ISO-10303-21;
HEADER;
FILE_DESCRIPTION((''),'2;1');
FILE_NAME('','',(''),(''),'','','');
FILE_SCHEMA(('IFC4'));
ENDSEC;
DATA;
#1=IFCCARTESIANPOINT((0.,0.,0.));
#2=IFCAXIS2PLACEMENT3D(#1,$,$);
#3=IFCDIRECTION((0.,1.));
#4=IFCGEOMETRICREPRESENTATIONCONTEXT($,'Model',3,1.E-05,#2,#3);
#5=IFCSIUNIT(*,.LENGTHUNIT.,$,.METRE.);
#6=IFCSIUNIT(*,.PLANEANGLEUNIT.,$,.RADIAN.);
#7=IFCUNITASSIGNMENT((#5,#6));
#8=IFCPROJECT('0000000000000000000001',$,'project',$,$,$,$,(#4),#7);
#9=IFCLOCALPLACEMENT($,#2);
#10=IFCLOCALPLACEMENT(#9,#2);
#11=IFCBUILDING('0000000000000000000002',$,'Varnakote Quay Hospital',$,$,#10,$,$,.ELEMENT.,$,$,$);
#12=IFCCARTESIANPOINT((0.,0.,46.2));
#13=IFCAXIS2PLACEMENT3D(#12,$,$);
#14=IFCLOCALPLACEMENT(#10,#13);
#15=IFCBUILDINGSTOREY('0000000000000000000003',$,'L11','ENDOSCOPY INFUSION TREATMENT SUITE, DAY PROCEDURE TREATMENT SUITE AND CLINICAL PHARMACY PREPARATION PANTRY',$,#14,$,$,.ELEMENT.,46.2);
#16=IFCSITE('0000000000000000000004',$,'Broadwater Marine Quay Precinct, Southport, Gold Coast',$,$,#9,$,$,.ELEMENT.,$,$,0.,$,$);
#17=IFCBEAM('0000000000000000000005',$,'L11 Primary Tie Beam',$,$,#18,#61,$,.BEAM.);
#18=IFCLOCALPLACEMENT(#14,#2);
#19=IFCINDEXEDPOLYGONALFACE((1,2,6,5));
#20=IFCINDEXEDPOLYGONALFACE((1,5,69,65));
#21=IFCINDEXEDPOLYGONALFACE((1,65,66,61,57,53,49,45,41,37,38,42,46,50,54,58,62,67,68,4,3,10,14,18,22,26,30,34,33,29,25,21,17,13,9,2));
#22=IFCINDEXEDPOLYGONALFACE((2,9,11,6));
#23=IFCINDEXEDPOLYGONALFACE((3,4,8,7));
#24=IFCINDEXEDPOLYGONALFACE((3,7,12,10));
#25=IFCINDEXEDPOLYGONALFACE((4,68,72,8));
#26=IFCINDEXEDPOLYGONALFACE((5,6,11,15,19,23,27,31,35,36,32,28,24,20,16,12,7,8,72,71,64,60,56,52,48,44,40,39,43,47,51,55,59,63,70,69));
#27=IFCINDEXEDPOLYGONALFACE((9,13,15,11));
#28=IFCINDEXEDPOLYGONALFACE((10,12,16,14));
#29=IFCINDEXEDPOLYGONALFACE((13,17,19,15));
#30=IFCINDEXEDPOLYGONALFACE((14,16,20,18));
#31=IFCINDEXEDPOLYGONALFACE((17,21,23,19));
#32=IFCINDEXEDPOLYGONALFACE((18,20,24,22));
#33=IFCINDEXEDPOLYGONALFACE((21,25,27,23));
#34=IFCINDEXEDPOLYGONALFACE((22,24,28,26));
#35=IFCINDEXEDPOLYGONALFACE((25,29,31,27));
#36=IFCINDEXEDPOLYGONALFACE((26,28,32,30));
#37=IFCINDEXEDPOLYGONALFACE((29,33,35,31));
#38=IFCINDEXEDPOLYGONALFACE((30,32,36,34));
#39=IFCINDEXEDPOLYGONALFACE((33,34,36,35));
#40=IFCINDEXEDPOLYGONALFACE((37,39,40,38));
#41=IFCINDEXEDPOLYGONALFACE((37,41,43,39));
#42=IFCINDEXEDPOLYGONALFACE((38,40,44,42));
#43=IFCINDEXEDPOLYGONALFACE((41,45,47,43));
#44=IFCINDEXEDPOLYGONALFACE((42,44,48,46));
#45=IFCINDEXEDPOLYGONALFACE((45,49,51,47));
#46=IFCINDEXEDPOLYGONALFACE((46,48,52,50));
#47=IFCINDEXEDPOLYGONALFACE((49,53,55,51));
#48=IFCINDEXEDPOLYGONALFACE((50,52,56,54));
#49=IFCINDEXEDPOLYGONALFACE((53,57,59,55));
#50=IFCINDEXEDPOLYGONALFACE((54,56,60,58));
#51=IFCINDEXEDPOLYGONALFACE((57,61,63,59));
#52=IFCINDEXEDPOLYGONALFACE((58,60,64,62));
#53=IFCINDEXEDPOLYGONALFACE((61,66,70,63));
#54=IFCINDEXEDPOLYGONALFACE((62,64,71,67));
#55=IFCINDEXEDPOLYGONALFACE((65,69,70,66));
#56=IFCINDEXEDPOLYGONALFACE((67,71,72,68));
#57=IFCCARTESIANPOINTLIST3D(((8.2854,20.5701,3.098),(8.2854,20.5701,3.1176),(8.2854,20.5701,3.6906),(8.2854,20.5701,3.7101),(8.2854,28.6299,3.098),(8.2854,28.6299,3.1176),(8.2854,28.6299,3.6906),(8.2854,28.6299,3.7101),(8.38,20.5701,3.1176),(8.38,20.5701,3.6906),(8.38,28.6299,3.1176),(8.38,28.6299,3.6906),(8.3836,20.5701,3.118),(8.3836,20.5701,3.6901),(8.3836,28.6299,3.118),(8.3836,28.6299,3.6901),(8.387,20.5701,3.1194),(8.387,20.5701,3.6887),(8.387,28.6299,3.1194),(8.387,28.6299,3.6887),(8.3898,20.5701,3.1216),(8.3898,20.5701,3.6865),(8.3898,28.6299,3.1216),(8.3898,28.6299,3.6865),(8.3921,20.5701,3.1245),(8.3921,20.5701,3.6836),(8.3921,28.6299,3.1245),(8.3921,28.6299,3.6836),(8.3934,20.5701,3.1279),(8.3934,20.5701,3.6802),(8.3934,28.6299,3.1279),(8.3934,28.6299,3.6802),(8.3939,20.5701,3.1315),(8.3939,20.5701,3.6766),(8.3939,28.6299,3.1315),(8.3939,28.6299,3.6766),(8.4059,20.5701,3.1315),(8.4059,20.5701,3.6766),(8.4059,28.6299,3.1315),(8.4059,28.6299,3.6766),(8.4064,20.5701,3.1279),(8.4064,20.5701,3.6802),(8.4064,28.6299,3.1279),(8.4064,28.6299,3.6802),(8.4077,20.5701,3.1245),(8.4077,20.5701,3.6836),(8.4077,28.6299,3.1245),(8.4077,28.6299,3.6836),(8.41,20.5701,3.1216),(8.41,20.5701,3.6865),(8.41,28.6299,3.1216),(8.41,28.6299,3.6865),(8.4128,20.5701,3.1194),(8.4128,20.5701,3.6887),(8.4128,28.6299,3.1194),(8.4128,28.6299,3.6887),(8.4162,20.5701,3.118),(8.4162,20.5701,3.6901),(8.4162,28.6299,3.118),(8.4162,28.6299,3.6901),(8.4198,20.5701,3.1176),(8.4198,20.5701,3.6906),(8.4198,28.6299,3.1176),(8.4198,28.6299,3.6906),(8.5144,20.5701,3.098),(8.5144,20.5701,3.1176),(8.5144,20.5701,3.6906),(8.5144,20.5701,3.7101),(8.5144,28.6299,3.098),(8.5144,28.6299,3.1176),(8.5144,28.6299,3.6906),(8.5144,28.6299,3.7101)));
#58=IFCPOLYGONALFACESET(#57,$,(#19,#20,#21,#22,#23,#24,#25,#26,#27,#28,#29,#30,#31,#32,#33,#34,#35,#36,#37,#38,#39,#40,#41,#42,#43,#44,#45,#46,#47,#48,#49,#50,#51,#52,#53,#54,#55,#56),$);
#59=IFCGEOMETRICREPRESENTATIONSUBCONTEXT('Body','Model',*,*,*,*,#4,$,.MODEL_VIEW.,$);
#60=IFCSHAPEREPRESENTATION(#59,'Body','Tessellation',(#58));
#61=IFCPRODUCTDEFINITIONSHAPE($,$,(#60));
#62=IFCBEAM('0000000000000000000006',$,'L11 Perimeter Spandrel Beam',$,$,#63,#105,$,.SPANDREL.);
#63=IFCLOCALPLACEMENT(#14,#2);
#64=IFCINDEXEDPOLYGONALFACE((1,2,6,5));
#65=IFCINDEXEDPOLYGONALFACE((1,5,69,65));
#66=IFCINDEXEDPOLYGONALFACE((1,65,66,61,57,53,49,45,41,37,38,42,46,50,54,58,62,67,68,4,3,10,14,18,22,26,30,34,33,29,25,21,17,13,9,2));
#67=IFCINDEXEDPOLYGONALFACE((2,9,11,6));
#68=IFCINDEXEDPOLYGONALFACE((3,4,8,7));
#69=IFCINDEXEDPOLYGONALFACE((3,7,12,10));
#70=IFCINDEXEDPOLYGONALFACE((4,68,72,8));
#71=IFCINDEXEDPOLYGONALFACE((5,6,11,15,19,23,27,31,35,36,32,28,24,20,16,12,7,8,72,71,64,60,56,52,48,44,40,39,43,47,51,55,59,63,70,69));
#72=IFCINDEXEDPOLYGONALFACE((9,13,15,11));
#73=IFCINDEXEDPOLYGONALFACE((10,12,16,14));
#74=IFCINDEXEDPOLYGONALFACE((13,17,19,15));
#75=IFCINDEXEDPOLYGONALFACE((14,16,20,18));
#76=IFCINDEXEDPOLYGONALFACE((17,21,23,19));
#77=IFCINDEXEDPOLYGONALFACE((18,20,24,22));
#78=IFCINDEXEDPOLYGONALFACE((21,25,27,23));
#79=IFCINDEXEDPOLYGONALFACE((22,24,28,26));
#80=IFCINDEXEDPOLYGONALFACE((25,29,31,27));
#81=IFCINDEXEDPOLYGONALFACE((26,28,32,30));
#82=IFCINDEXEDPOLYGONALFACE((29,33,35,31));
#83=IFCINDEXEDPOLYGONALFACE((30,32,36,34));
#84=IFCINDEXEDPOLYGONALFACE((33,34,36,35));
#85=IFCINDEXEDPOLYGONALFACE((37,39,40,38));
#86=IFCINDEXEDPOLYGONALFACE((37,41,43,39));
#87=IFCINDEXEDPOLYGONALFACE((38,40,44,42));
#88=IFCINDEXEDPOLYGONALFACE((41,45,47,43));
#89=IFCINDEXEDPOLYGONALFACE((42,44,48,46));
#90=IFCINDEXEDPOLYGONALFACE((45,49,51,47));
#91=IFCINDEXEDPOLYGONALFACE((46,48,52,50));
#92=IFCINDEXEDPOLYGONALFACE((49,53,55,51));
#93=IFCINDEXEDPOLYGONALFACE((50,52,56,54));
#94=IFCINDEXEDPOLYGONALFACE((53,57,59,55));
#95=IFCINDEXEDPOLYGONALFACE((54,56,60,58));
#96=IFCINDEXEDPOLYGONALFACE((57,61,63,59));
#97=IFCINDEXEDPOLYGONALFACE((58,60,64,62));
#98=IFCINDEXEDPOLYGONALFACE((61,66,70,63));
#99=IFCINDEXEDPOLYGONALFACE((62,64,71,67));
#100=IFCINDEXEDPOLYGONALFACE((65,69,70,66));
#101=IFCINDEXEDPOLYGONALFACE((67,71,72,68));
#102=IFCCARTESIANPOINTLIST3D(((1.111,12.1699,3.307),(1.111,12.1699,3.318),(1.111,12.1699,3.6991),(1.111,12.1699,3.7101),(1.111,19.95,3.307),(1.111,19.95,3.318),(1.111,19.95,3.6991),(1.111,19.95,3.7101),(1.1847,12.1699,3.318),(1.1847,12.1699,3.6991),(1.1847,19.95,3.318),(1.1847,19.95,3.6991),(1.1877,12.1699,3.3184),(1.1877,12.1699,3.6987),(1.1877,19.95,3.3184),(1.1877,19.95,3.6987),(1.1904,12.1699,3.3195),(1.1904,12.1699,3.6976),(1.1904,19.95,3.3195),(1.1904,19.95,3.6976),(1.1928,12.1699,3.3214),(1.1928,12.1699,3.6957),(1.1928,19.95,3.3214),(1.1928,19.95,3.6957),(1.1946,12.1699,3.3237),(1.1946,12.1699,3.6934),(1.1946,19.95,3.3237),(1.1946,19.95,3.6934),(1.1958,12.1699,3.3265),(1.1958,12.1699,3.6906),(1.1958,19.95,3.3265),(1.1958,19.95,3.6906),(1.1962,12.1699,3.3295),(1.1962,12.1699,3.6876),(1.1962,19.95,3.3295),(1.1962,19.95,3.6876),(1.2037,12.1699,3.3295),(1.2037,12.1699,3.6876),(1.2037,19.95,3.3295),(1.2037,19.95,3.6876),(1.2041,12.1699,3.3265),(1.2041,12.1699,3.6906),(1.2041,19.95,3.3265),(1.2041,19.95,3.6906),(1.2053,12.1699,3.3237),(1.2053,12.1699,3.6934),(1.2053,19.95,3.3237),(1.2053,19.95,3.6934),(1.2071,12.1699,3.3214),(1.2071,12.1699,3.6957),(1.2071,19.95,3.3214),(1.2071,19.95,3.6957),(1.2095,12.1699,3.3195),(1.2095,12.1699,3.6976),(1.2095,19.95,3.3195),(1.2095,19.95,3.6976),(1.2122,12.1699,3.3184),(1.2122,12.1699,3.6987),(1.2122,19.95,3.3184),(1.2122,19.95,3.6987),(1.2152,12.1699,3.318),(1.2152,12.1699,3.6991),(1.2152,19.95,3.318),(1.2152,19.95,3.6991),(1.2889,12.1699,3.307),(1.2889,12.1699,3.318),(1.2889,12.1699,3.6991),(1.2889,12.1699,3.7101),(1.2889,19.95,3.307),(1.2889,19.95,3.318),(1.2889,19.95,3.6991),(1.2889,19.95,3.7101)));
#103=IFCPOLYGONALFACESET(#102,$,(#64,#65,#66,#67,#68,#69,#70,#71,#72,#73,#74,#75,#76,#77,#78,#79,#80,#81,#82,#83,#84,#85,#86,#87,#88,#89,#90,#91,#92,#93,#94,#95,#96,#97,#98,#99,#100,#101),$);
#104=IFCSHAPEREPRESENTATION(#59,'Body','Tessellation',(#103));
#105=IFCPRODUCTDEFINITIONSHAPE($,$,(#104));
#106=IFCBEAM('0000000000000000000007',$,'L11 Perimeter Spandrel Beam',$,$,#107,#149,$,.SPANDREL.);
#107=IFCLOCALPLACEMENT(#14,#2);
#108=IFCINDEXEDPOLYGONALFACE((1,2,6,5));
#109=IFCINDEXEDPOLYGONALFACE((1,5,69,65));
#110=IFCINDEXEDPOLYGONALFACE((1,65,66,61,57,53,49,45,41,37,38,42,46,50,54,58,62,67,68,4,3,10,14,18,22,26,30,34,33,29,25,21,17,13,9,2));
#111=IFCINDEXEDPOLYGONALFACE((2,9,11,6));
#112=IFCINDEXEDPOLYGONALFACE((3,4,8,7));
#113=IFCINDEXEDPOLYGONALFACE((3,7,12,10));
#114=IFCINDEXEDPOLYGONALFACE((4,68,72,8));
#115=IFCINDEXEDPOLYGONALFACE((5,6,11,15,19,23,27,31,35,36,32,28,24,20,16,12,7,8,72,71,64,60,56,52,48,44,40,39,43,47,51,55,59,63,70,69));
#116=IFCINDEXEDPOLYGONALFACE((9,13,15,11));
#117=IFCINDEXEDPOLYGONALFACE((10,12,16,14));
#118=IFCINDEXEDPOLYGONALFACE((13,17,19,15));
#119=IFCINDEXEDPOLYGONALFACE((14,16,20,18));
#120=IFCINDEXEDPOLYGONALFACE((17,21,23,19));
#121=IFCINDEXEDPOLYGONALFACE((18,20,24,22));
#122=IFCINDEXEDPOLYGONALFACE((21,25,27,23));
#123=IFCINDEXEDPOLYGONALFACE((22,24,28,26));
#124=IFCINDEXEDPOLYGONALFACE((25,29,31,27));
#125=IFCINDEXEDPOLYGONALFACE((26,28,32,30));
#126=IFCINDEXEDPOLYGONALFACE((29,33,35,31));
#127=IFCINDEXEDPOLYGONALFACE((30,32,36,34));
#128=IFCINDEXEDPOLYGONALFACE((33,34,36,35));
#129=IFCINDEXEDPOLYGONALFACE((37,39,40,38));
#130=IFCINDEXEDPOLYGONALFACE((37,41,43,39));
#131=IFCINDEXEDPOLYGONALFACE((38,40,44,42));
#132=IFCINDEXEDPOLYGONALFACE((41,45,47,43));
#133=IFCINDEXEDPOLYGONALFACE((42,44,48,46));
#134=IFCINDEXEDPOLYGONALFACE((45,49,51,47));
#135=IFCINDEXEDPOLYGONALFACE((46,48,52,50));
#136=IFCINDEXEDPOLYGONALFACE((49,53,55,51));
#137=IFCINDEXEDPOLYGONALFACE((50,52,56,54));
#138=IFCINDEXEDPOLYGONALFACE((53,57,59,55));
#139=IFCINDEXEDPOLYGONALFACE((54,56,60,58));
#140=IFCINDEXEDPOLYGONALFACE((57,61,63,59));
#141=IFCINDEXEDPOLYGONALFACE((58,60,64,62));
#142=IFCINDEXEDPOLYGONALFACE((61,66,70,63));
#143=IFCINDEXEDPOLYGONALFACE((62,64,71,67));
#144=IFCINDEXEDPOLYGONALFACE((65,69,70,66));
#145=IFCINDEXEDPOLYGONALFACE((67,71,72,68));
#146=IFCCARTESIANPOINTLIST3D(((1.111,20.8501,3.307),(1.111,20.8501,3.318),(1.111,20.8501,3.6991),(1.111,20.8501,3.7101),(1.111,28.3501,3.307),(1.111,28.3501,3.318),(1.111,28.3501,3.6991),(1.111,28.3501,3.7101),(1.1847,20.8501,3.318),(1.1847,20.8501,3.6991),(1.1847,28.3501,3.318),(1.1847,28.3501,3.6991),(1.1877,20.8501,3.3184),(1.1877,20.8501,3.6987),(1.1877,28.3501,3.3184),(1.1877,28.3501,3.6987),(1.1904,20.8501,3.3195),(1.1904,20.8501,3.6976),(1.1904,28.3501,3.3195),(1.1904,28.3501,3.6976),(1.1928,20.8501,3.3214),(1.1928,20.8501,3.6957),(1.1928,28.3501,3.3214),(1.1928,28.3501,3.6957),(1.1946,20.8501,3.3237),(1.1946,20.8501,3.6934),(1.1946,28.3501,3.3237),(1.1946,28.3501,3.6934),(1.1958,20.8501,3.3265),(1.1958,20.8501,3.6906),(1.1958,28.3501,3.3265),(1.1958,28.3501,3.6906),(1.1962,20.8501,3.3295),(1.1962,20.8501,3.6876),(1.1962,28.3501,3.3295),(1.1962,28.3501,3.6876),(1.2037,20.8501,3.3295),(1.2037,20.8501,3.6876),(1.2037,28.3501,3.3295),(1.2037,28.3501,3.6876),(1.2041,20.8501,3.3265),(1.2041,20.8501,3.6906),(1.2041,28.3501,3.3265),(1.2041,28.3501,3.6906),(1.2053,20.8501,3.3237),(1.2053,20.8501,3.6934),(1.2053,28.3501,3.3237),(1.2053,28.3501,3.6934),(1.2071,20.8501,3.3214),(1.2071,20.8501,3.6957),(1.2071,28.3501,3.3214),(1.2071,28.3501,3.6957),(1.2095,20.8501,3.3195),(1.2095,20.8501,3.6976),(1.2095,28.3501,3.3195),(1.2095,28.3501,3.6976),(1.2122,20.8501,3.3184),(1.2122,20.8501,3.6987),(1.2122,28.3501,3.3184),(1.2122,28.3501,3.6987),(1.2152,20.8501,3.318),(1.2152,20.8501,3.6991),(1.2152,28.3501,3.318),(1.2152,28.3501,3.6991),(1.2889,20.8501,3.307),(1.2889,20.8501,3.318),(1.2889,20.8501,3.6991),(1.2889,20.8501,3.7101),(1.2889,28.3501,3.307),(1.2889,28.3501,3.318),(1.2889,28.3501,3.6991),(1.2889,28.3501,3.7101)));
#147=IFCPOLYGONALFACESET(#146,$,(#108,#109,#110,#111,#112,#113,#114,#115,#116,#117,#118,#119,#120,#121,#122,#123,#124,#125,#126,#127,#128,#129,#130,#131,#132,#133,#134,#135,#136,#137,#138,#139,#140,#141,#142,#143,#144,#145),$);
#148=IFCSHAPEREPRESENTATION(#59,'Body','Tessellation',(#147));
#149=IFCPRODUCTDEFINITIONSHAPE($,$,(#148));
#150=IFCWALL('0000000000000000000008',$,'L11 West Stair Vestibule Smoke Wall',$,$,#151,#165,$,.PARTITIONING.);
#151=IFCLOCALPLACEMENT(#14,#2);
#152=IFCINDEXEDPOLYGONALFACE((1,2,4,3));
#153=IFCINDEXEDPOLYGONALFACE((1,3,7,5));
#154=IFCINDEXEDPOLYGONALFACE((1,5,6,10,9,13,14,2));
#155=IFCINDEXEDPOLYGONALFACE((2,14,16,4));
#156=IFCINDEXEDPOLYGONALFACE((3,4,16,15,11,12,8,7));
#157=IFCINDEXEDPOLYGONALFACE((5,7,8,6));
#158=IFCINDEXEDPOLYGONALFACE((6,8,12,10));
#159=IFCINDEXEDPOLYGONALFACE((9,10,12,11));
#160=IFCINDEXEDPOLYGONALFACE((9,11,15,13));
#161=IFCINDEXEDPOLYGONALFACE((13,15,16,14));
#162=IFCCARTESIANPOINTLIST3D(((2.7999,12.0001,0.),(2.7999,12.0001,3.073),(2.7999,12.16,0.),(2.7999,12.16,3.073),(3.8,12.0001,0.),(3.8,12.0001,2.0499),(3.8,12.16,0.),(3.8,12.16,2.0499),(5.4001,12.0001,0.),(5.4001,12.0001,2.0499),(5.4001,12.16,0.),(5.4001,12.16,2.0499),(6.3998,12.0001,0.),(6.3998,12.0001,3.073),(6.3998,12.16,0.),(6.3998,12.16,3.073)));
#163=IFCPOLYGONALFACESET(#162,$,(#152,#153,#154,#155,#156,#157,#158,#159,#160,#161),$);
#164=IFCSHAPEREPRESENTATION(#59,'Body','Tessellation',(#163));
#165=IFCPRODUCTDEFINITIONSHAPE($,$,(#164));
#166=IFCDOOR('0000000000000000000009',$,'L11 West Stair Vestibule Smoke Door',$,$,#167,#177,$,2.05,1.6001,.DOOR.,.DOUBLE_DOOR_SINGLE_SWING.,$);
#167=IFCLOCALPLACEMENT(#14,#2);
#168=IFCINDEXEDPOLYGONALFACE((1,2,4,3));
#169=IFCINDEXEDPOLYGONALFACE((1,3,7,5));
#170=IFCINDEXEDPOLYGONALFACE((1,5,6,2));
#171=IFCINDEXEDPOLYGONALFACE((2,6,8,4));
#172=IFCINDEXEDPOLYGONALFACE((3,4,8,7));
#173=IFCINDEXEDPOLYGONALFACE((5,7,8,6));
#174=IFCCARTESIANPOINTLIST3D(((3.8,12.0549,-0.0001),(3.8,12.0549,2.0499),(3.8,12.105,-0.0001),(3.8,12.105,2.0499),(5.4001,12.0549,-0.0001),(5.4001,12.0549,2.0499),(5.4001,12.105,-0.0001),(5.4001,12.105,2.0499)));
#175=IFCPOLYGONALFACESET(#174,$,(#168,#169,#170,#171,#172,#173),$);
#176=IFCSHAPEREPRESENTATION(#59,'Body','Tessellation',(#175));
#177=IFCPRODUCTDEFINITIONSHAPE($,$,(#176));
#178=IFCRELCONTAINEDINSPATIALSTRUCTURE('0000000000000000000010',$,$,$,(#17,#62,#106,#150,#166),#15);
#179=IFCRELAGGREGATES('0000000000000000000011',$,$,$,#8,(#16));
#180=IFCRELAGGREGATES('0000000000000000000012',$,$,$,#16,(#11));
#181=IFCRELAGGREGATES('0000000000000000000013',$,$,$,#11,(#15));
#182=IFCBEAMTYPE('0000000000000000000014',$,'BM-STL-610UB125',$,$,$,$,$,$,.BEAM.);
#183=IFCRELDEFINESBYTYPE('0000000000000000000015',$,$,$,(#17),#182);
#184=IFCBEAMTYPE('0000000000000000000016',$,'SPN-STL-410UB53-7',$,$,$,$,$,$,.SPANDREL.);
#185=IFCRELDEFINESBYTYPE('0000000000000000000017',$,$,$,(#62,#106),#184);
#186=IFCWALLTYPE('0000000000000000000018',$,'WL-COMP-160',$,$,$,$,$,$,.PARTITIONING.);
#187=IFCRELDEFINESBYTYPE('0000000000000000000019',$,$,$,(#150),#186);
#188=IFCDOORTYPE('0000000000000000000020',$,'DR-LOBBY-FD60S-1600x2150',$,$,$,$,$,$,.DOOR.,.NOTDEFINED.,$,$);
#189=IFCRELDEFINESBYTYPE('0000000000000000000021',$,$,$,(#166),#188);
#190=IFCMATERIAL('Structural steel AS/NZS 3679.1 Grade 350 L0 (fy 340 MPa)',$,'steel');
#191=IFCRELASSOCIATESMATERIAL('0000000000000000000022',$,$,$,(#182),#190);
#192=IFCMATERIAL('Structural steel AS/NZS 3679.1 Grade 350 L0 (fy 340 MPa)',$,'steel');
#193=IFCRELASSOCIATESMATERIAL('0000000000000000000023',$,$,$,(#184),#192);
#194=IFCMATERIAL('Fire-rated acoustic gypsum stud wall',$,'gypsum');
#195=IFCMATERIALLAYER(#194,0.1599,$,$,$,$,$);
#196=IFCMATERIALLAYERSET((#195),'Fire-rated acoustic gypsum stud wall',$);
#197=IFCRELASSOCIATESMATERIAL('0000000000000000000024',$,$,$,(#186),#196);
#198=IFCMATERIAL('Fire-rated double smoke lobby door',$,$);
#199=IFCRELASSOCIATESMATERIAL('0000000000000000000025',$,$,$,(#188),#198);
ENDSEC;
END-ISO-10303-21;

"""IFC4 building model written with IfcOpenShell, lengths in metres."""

from ifc_helpers import new_model, si_unit, direction, frame, frame_2d, origin, origin_2d, place, context, subcontext, project, spatial, rectangle, i_section, extrude, material, layer, layer_set, material_profile, profile_set, type_object, element, fill, save


model = new_model("IFC4")

# Units and contexts
model_context = context("Model", 3, precision=1e-05, world=origin(), true_north=direction((0.0, 1.0)))
body_context = subcontext(model_context, "Body", "Model", "MODEL_VIEW")
ifc_project = project(units=[si_unit("LENGTHUNIT", "METRE"), si_unit("PLANEANGLEUNIT", "RADIAN")], contexts=[model_context])

# Site, building, storey
site_placement = place(None, origin())
site = spatial("IfcSite", under=ifc_project, at=site_placement, Name="Broadwater Marine Quay Precinct, Southport, Gold Coast", CompositionType="ELEMENT", RefElevation=0.0)
building_placement = place(site_placement, origin())
building = spatial("IfcBuilding", under=site, at=building_placement, Name="Varnakote Quay Hospital", CompositionType="ELEMENT")
storey_placement = place(building_placement, frame((0.0, 0.0, 46.2)))
storey = spatial("IfcBuildingStorey", under=building, at=storey_placement, Name="L11", Description="ENDOSCOPY INFUSION TREATMENT SUITE, DAY PROCEDURE TREATMENT SUITE AND CLINICAL PHARMACY PREPARATION PANTRY", CompositionType="ELEMENT", Elevation=46.2)

# Beams
ifc_material_1 = material(Name="Structural steel AS/NZS 3679.1 Grade 350 L0 (fy 340 MPa)", Category="steel")
ifc_material_profile_1 = material_profile(ifc_material_1, i_section(OverallWidth=0.229, OverallDepth=0.6121, WebThickness=0.012, FlangeThickness=0.0195, FilletRadius=0.0139, at=origin_2d()), Name="610UB125")
ifc_profile_set_1 = profile_set([ifc_material_profile_1], Name="Structural steel AS/NZS 3679.1 Grade 350 L0 (fy 340 MPa)")
beam_type_1 = type_object("IfcBeamType", Name="BM-STL-610UB125", PredefinedType="BEAM", material=ifc_profile_set_1)
beam_1_placement = place(storey_placement, frame((8.3999, 20.5701, 3.4041), z_axis=(0.0, 1.0, 0.0), x_axis=(-1.0, 0.0, 0.0)))
element("IfcBeam", 1, at=beam_1_placement, inside=storey, type_object=beam_type_1, Name="L11 Primary Tie Beam", PredefinedType="BEAM", context=body_context, shape_type="SweptSolid", body=[
    extrude(i_section(OverallWidth=0.229, OverallDepth=0.6121, WebThickness=0.012, FlangeThickness=0.0195, FilletRadius=0.0139, at=origin_2d()), origin(), (0.0, 0.0, 1.0), 8.0598),
])
ifc_material_2 = material(Name="Structural steel AS/NZS 3679.1 Grade 350 L0 (fy 340 MPa)", Category="steel")
ifc_material_profile_2 = material_profile(ifc_material_2, i_section(OverallWidth=0.178, OverallDepth=0.4031, WebThickness=0.0076, FlangeThickness=0.011, FilletRadius=0.0115, at=origin_2d()), Name="410UB53.7")
ifc_profile_set_2 = profile_set([ifc_material_profile_2], Name="Structural steel AS/NZS 3679.1 Grade 350 L0 (fy 340 MPa)")
beam_type_2 = type_object("IfcBeamType", Name="SPN-STL-410UB53-7", PredefinedType="SPANDREL", material=ifc_profile_set_2)
beam_2_placement = place(storey_placement, frame((1.2, 12.1699, 3.5085), z_axis=(0.0, 1.0, 0.0), x_axis=(-1.0, 0.0, 0.0)))
element("IfcBeam", 2, at=beam_2_placement, inside=storey, type_object=beam_type_2, Name="L11 Perimeter Spandrel Beam", PredefinedType="SPANDREL", context=body_context, shape_type="SweptSolid", body=[
    extrude(i_section(OverallWidth=0.178, OverallDepth=0.4031, WebThickness=0.0076, FlangeThickness=0.011, FilletRadius=0.0115, at=origin_2d()), origin(), (0.0, 0.0, 1.0), 7.78),
])
beam_3_placement = place(storey_placement, frame((1.2, 20.8501, 3.5085), z_axis=(0.0, 1.0, 0.0), x_axis=(-1.0, 0.0, 0.0)))
element("IfcBeam", 3, at=beam_3_placement, inside=storey, type_object=beam_type_2, Name="L11 Perimeter Spandrel Beam", PredefinedType="SPANDREL", context=body_context, shape_type="SweptSolid", body=[
    extrude(i_section(OverallWidth=0.178, OverallDepth=0.4031, WebThickness=0.0076, FlangeThickness=0.011, FilletRadius=0.0115, at=origin_2d()), origin(), (0.0, 0.0, 1.0), 7.5),
])

# Wall, opening, door
ifc_material_3 = material(Name="Fire-rated acoustic gypsum stud wall", Category="gypsum")
ifc_layer_1 = layer(ifc_material_3, 0.1599)
ifc_layer_set_1 = layer_set([ifc_layer_1], Name="Fire-rated acoustic gypsum stud wall")
wall_type_1 = type_object("IfcWallType", Name="WL-COMP-160", PredefinedType="PARTITIONING", material=ifc_layer_set_1)
wall_1_placement = place(storey_placement, frame((2.8, 12.0801, 0.0), z_axis=(0.0, 0.0, 1.0), x_axis=(1.0, 0.0, 0.0)))
wall_1 = element("IfcWall", 4, at=wall_1_placement, inside=storey, type_object=wall_type_1, Name="L11 West Stair Vestibule Smoke Wall", PredefinedType="PARTITIONING", context=body_context, shape_type="SweptSolid", body=[
    extrude(rectangle(XDim=3.5999, YDim=0.1599, at=frame_2d((1.7998, 0.0))), origin(), (0.0, 0.0, 1.0), 3.073),
])
opening_1_placement = place(wall_1_placement, frame((1.0, 0.0, 0.0)))
opening_1 = element("IfcOpeningElement", 5, at=opening_1_placement, cuts=wall_1, PredefinedType="OPENING", context=body_context, shape_type="SweptSolid", body=[
    extrude(rectangle(XDim=1.6001, YDim=2.05, at=frame_2d((0.8, 1.0249))), frame((0.0, 0.0898, 0.0), z_axis=(0.0, -1.0, 0.0), x_axis=(1.0, 0.0, 0.0)), (0.0, 0.0, 1.0), 0.1799),
])
ifc_material_4 = material(Name="Fire-rated double smoke lobby door")
door_type_1 = type_object("IfcDoorType", Name="DR-LOBBY-FD60S-1600x2150", OperationType="NOTDEFINED", PredefinedType="DOOR", material=ifc_material_4)
door_1_placement = place(opening_1_placement, origin())
door_1 = element("IfcDoor", 6, at=door_1_placement, inside=storey, type_object=door_type_1, Name="L11 West Stair Vestibule Smoke Door", OperationType="DOUBLE_DOOR_SINGLE_SWING", OverallHeight=2.05, OverallWidth=1.6001, PredefinedType="DOOR", context=body_context, shape_type="SweptSolid", body=[
    extrude(rectangle(XDim=1.6001, YDim=2.05, at=frame_2d((0.8, 1.0249))), frame((0.0, 0.0249, 0.0), z_axis=(0.0, -1.0, 0.0), x_axis=(1.0, 0.0, 0.0)), (0.0, 0.0, 1.0), 0.05),
])
fill(opening_1, door_1)

save(model, "model.ifc")
